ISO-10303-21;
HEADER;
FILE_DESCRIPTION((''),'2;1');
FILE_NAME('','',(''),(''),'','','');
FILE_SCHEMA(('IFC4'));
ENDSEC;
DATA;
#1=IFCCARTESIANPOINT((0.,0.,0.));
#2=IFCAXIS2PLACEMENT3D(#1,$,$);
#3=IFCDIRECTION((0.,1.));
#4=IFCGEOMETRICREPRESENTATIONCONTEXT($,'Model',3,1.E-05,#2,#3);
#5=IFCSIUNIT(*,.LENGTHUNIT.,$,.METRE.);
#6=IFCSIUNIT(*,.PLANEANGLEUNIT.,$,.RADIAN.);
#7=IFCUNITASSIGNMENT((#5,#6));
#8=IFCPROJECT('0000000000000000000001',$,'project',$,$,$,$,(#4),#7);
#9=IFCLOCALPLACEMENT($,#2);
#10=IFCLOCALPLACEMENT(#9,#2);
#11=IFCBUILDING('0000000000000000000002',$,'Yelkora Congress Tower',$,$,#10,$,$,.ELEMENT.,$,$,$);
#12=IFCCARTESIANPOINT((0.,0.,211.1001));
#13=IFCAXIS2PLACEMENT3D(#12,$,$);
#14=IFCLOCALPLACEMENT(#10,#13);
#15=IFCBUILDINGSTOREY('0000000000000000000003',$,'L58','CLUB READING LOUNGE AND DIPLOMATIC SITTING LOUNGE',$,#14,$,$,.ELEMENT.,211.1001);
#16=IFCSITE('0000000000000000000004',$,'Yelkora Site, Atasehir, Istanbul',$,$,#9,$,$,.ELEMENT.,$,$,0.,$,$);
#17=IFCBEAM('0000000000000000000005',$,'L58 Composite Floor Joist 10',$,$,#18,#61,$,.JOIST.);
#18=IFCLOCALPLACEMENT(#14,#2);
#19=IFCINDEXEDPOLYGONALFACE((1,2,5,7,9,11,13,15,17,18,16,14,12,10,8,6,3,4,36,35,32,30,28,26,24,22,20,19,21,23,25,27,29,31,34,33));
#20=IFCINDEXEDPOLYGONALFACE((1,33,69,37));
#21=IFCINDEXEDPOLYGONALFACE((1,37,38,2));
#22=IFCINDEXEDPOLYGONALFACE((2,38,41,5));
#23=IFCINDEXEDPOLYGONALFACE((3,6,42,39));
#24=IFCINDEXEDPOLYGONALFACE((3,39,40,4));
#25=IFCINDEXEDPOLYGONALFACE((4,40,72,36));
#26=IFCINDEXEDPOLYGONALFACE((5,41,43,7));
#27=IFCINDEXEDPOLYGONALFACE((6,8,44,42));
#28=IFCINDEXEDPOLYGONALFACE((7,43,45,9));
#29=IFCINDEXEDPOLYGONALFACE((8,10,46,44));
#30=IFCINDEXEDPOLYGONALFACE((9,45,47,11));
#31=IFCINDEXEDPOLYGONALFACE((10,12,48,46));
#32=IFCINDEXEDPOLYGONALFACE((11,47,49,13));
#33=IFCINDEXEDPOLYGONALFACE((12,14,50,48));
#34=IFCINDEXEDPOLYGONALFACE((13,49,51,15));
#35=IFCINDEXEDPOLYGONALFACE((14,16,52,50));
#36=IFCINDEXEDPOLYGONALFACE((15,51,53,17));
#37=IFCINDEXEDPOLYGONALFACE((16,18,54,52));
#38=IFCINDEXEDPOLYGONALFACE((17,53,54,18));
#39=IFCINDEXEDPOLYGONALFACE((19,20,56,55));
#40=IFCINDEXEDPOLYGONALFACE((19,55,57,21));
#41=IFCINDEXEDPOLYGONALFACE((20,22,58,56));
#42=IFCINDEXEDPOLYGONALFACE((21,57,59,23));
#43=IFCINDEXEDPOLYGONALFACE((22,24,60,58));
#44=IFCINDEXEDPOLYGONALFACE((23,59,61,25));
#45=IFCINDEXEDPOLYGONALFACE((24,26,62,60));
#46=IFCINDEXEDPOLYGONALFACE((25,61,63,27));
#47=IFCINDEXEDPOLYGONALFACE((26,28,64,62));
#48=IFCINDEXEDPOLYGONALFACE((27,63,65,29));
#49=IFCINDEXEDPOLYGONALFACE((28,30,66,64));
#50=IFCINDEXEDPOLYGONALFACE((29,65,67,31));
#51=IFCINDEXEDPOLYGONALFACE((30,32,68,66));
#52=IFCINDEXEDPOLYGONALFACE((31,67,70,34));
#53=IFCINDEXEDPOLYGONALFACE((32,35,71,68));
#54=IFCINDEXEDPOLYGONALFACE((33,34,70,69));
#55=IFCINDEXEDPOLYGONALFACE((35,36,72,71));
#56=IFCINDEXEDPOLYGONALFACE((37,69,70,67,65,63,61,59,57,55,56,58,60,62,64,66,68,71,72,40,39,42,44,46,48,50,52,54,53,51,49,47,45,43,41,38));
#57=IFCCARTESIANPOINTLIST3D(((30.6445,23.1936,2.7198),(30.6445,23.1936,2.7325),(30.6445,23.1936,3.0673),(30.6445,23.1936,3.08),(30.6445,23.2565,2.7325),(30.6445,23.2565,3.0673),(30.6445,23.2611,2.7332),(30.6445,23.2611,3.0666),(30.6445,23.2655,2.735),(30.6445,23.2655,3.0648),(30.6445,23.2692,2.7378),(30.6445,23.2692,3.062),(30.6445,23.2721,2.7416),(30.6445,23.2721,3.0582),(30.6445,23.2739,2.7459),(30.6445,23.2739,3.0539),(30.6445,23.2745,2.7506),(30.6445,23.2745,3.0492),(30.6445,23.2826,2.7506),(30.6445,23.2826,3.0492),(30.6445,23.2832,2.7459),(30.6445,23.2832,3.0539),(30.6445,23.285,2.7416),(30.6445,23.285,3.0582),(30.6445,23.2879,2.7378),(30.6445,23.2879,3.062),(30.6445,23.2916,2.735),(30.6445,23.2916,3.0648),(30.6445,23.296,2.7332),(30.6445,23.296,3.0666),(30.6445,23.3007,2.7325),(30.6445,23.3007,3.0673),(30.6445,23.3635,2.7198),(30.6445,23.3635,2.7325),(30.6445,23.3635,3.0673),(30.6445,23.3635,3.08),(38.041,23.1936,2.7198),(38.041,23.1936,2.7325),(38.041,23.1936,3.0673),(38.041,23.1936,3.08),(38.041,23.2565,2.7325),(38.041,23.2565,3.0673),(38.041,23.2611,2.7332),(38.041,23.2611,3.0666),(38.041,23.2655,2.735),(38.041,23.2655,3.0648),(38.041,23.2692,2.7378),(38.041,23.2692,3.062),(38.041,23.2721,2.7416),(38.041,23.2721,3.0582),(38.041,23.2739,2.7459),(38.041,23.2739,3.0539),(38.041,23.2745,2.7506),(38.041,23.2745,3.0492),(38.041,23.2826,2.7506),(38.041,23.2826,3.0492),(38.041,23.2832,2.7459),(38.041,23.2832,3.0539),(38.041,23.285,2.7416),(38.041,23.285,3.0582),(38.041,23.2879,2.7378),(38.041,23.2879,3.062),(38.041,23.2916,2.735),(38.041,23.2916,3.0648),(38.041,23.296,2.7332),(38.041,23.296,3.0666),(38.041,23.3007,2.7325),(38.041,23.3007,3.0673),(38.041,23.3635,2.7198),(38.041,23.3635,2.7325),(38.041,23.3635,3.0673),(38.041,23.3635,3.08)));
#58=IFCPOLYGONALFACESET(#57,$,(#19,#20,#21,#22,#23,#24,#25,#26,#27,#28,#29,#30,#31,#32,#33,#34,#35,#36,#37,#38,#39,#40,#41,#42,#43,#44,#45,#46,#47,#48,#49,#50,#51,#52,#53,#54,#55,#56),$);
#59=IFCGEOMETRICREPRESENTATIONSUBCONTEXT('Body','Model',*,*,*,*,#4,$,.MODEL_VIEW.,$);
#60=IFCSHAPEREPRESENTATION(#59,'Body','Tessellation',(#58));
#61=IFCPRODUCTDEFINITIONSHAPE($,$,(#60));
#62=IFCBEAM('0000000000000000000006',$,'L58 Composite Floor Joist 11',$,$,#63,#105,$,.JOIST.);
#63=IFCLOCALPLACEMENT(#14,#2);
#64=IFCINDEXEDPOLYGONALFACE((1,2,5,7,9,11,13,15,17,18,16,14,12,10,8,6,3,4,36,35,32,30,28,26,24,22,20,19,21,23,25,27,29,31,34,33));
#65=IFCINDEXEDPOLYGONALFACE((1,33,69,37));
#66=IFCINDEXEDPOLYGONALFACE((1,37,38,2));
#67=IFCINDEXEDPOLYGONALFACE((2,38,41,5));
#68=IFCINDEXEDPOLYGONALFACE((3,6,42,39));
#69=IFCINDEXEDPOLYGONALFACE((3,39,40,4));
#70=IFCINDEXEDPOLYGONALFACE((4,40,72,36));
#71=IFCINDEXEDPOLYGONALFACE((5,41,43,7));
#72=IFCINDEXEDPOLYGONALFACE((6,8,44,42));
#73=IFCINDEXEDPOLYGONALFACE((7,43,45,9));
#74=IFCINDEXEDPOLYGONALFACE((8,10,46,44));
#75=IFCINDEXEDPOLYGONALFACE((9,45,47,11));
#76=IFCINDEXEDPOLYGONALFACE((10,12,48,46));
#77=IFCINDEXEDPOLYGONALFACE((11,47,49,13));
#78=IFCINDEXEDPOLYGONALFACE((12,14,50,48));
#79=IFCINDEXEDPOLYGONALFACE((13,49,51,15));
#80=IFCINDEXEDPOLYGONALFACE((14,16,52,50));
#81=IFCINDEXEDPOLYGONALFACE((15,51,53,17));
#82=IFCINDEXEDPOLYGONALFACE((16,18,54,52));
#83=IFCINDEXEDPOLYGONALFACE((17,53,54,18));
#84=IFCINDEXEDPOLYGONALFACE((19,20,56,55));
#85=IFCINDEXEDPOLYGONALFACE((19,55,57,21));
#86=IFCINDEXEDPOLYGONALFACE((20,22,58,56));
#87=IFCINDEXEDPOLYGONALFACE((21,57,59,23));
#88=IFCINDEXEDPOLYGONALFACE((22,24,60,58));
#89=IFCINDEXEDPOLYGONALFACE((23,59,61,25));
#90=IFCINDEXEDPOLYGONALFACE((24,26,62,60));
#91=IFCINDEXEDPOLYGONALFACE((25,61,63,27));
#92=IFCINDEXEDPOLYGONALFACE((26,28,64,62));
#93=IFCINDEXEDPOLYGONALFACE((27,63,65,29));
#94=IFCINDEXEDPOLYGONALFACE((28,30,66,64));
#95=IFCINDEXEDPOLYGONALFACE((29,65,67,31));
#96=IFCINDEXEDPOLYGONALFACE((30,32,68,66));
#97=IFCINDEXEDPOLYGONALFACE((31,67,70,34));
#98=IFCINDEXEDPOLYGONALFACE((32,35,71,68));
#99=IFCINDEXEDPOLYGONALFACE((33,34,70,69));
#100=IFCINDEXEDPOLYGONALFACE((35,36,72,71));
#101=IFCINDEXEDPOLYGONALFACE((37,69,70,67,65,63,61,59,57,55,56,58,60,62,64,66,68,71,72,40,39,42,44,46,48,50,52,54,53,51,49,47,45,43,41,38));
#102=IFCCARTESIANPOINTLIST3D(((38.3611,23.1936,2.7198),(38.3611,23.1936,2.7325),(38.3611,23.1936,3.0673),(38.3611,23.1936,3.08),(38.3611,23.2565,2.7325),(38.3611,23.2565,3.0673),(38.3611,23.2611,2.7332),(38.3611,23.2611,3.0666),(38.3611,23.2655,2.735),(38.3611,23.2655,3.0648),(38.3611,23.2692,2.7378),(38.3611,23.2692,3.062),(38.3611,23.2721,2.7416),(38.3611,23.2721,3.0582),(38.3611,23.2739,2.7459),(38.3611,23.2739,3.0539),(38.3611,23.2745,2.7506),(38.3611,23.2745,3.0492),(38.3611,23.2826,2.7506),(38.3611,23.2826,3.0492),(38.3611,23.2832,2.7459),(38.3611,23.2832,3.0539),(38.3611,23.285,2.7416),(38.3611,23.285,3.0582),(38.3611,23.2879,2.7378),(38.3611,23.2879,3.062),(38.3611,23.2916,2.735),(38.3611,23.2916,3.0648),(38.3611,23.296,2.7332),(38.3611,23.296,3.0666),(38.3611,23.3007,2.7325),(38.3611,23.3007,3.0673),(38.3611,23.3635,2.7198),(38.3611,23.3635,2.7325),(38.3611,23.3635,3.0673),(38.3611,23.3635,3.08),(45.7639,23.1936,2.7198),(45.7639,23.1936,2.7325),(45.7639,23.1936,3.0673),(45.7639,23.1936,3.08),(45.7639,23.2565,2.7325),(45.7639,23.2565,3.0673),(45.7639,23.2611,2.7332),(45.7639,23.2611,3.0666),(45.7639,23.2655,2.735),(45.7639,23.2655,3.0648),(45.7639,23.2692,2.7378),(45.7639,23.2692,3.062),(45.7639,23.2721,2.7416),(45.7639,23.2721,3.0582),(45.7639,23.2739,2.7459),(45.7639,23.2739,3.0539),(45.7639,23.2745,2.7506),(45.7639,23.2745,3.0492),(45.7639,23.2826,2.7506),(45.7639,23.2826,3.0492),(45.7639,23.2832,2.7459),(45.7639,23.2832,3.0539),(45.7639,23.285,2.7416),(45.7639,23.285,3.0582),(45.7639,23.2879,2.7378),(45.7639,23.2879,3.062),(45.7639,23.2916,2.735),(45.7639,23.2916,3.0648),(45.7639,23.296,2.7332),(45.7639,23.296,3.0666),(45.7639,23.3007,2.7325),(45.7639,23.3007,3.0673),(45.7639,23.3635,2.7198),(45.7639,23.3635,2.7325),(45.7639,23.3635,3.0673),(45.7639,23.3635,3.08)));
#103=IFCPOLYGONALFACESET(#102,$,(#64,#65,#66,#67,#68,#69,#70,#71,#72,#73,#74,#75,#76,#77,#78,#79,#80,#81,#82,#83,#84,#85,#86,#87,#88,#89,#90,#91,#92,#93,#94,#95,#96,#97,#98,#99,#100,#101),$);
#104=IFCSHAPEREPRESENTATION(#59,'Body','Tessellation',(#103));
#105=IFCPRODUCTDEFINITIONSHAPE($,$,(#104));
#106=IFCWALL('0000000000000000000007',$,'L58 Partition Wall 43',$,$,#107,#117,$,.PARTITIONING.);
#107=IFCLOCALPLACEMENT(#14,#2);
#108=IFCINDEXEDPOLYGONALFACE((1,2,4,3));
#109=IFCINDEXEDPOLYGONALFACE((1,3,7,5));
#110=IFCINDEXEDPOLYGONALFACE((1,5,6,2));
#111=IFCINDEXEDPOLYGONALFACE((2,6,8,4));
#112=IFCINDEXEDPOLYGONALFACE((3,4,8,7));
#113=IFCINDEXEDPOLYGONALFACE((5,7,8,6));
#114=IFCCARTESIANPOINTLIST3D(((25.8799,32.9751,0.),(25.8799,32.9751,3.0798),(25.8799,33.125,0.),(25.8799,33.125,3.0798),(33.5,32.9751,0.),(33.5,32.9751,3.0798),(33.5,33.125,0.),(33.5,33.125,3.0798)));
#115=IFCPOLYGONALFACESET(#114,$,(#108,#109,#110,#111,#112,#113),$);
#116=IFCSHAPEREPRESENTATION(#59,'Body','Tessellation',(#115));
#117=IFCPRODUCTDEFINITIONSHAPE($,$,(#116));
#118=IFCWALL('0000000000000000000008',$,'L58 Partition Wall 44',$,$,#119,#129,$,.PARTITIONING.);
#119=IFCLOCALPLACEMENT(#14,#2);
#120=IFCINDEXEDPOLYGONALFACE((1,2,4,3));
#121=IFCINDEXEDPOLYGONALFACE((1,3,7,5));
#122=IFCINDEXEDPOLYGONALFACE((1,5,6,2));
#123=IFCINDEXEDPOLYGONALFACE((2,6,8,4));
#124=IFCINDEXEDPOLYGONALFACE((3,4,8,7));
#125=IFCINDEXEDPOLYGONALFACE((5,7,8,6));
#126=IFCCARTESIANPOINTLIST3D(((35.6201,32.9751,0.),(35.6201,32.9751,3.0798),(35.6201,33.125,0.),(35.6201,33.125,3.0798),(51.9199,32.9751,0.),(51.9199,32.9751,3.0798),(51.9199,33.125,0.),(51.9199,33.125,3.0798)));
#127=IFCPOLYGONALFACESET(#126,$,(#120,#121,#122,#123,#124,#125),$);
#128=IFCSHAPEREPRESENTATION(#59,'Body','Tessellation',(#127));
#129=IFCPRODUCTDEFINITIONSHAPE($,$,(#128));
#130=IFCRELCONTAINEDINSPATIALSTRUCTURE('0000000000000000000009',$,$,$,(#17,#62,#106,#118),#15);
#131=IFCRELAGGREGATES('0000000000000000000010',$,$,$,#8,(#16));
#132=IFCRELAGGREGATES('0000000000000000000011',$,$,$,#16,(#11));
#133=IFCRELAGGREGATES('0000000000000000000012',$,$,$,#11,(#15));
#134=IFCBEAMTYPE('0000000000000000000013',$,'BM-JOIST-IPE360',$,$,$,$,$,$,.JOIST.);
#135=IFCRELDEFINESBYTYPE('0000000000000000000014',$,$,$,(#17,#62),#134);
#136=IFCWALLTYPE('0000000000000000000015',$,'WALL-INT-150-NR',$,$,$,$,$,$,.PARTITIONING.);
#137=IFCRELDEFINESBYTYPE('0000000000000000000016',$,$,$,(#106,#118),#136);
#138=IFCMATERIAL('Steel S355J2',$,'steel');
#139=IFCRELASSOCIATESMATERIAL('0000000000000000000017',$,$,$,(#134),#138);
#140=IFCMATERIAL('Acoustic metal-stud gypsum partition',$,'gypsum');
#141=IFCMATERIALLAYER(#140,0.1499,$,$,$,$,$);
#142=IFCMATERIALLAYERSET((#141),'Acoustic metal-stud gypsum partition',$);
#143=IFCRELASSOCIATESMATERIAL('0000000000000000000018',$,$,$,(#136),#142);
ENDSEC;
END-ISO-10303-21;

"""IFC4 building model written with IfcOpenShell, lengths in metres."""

from ifc_helpers import new_model, si_unit, direction, frame, frame_2d, origin, origin_2d, place, context, subcontext, project, spatial, rectangle, i_section, extrude, material, layer, layer_set, material_profile, profile_set, type_object, element, save


model = new_model("IFC4")

# Units and contexts
model_context = context("Model", 3, precision=1e-05, world=origin(), true_north=direction((0.0, 1.0)))
body_context = subcontext(model_context, "Body", "Model", "MODEL_VIEW")
ifc_project = project(units=[si_unit("LENGTHUNIT", "METRE"), si_unit("PLANEANGLEUNIT", "RADIAN")], contexts=[model_context])

# Site, building, storey
site_placement = place(None, origin())
site = spatial("IfcSite", under=ifc_project, at=site_placement, Name="Yelkora Site, Atasehir, Istanbul", CompositionType="ELEMENT", RefElevation=0.0)
building_placement = place(site_placement, origin())
building = spatial("IfcBuilding", under=site, at=building_placement, Name="Yelkora Congress Tower", CompositionType="ELEMENT")
storey_placement = place(building_placement, frame((0.0, 0.0, 211.1001)))
storey = spatial("IfcBuildingStorey", under=building, at=storey_placement, Name="L58", Description="CLUB READING LOUNGE AND DIPLOMATIC SITTING LOUNGE", CompositionType="ELEMENT", Elevation=211.1001)

# Beams
ifc_material_1 = material(Name="Steel S355J2", Category="steel")
ifc_material_profile_1 = material_profile(ifc_material_1, i_section(OverallWidth=0.1699, OverallDepth=0.3601, WebThickness=0.0081, FlangeThickness=0.0127, FilletRadius=0.0181, at=origin_2d()), Name="IPE 360")
ifc_profile_set_1 = profile_set([ifc_material_profile_1], Name="Steel S355J2")
beam_type_1 = type_object("IfcBeamType", Name="BM-JOIST-IPE360", PredefinedType="JOIST", material=ifc_profile_set_1)
beam_1_placement = place(storey_placement, frame((30.6445, 23.2786, 2.8999), z_axis=(1.0, 0.0, 0.0), x_axis=(0.0, 1.0, 0.0)))
element("IfcBeam", 1, at=beam_1_placement, inside=storey, type_object=beam_type_1, Name="L58 Composite Floor Joist 10", PredefinedType="JOIST", context=body_context, shape_type="SweptSolid", body=[
    extrude(i_section(OverallWidth=0.1699, OverallDepth=0.3601, WebThickness=0.0081, FlangeThickness=0.0127, FilletRadius=0.0181, at=origin_2d()), origin(), (0.0, 0.0, 1.0), 7.3965),
])
beam_2_placement = place(storey_placement, frame((38.3611, 23.2786, 2.8999), z_axis=(1.0, 0.0, 0.0), x_axis=(0.0, 1.0, 0.0)))
element("IfcBeam", 2, at=beam_2_placement, inside=storey, type_object=beam_type_1, Name="L58 Composite Floor Joist 11", PredefinedType="JOIST", context=body_context, shape_type="SweptSolid", body=[
    extrude(i_section(OverallWidth=0.1699, OverallDepth=0.3601, WebThickness=0.0081, FlangeThickness=0.0127, FilletRadius=0.0181, at=origin_2d()), origin(), (0.0, 0.0, 1.0), 7.4028),
])

# Walls
ifc_material_2 = material(Name="Acoustic metal-stud gypsum partition", Category="gypsum")
ifc_layer = layer(ifc_material_2, 0.1499)
ifc_layer_set = layer_set([ifc_layer], Name="Acoustic metal-stud gypsum partition")
wall_type = type_object("IfcWallType", Name="WALL-INT-150-NR", PredefinedType="PARTITIONING", material=ifc_layer_set)
wall_1_placement = place(storey_placement, frame((25.8799, 33.05, 0.0), z_axis=(0.0, 0.0, 1.0), x_axis=(1.0, 0.0, 0.0)))
element("IfcWall", 3, at=wall_1_placement, inside=storey, type_object=wall_type, Name="L58 Partition Wall 43", PredefinedType="PARTITIONING", context=body_context, shape_type="SweptSolid", body=[
    extrude(rectangle(XDim=7.6201, YDim=0.1499, at=frame_2d((3.8101, 0.0))), origin(), (0.0, 0.0, 1.0), 3.0798),
])
wall_2_placement = place(storey_placement, frame((35.6201, 33.05, 0.0), z_axis=(0.0, 0.0, 1.0), x_axis=(1.0, 0.0, 0.0)))
element("IfcWall", 4, at=wall_2_placement, inside=storey, type_object=wall_type, Name="L58 Partition Wall 44", PredefinedType="PARTITIONING", context=body_context, shape_type="SweptSolid", body=[
    extrude(rectangle(XDim=16.2998, YDim=0.1499, at=frame_2d((8.1499, 0.0))), origin(), (0.0, 0.0, 1.0), 3.0798),
])

save(model, "model.ifc")
